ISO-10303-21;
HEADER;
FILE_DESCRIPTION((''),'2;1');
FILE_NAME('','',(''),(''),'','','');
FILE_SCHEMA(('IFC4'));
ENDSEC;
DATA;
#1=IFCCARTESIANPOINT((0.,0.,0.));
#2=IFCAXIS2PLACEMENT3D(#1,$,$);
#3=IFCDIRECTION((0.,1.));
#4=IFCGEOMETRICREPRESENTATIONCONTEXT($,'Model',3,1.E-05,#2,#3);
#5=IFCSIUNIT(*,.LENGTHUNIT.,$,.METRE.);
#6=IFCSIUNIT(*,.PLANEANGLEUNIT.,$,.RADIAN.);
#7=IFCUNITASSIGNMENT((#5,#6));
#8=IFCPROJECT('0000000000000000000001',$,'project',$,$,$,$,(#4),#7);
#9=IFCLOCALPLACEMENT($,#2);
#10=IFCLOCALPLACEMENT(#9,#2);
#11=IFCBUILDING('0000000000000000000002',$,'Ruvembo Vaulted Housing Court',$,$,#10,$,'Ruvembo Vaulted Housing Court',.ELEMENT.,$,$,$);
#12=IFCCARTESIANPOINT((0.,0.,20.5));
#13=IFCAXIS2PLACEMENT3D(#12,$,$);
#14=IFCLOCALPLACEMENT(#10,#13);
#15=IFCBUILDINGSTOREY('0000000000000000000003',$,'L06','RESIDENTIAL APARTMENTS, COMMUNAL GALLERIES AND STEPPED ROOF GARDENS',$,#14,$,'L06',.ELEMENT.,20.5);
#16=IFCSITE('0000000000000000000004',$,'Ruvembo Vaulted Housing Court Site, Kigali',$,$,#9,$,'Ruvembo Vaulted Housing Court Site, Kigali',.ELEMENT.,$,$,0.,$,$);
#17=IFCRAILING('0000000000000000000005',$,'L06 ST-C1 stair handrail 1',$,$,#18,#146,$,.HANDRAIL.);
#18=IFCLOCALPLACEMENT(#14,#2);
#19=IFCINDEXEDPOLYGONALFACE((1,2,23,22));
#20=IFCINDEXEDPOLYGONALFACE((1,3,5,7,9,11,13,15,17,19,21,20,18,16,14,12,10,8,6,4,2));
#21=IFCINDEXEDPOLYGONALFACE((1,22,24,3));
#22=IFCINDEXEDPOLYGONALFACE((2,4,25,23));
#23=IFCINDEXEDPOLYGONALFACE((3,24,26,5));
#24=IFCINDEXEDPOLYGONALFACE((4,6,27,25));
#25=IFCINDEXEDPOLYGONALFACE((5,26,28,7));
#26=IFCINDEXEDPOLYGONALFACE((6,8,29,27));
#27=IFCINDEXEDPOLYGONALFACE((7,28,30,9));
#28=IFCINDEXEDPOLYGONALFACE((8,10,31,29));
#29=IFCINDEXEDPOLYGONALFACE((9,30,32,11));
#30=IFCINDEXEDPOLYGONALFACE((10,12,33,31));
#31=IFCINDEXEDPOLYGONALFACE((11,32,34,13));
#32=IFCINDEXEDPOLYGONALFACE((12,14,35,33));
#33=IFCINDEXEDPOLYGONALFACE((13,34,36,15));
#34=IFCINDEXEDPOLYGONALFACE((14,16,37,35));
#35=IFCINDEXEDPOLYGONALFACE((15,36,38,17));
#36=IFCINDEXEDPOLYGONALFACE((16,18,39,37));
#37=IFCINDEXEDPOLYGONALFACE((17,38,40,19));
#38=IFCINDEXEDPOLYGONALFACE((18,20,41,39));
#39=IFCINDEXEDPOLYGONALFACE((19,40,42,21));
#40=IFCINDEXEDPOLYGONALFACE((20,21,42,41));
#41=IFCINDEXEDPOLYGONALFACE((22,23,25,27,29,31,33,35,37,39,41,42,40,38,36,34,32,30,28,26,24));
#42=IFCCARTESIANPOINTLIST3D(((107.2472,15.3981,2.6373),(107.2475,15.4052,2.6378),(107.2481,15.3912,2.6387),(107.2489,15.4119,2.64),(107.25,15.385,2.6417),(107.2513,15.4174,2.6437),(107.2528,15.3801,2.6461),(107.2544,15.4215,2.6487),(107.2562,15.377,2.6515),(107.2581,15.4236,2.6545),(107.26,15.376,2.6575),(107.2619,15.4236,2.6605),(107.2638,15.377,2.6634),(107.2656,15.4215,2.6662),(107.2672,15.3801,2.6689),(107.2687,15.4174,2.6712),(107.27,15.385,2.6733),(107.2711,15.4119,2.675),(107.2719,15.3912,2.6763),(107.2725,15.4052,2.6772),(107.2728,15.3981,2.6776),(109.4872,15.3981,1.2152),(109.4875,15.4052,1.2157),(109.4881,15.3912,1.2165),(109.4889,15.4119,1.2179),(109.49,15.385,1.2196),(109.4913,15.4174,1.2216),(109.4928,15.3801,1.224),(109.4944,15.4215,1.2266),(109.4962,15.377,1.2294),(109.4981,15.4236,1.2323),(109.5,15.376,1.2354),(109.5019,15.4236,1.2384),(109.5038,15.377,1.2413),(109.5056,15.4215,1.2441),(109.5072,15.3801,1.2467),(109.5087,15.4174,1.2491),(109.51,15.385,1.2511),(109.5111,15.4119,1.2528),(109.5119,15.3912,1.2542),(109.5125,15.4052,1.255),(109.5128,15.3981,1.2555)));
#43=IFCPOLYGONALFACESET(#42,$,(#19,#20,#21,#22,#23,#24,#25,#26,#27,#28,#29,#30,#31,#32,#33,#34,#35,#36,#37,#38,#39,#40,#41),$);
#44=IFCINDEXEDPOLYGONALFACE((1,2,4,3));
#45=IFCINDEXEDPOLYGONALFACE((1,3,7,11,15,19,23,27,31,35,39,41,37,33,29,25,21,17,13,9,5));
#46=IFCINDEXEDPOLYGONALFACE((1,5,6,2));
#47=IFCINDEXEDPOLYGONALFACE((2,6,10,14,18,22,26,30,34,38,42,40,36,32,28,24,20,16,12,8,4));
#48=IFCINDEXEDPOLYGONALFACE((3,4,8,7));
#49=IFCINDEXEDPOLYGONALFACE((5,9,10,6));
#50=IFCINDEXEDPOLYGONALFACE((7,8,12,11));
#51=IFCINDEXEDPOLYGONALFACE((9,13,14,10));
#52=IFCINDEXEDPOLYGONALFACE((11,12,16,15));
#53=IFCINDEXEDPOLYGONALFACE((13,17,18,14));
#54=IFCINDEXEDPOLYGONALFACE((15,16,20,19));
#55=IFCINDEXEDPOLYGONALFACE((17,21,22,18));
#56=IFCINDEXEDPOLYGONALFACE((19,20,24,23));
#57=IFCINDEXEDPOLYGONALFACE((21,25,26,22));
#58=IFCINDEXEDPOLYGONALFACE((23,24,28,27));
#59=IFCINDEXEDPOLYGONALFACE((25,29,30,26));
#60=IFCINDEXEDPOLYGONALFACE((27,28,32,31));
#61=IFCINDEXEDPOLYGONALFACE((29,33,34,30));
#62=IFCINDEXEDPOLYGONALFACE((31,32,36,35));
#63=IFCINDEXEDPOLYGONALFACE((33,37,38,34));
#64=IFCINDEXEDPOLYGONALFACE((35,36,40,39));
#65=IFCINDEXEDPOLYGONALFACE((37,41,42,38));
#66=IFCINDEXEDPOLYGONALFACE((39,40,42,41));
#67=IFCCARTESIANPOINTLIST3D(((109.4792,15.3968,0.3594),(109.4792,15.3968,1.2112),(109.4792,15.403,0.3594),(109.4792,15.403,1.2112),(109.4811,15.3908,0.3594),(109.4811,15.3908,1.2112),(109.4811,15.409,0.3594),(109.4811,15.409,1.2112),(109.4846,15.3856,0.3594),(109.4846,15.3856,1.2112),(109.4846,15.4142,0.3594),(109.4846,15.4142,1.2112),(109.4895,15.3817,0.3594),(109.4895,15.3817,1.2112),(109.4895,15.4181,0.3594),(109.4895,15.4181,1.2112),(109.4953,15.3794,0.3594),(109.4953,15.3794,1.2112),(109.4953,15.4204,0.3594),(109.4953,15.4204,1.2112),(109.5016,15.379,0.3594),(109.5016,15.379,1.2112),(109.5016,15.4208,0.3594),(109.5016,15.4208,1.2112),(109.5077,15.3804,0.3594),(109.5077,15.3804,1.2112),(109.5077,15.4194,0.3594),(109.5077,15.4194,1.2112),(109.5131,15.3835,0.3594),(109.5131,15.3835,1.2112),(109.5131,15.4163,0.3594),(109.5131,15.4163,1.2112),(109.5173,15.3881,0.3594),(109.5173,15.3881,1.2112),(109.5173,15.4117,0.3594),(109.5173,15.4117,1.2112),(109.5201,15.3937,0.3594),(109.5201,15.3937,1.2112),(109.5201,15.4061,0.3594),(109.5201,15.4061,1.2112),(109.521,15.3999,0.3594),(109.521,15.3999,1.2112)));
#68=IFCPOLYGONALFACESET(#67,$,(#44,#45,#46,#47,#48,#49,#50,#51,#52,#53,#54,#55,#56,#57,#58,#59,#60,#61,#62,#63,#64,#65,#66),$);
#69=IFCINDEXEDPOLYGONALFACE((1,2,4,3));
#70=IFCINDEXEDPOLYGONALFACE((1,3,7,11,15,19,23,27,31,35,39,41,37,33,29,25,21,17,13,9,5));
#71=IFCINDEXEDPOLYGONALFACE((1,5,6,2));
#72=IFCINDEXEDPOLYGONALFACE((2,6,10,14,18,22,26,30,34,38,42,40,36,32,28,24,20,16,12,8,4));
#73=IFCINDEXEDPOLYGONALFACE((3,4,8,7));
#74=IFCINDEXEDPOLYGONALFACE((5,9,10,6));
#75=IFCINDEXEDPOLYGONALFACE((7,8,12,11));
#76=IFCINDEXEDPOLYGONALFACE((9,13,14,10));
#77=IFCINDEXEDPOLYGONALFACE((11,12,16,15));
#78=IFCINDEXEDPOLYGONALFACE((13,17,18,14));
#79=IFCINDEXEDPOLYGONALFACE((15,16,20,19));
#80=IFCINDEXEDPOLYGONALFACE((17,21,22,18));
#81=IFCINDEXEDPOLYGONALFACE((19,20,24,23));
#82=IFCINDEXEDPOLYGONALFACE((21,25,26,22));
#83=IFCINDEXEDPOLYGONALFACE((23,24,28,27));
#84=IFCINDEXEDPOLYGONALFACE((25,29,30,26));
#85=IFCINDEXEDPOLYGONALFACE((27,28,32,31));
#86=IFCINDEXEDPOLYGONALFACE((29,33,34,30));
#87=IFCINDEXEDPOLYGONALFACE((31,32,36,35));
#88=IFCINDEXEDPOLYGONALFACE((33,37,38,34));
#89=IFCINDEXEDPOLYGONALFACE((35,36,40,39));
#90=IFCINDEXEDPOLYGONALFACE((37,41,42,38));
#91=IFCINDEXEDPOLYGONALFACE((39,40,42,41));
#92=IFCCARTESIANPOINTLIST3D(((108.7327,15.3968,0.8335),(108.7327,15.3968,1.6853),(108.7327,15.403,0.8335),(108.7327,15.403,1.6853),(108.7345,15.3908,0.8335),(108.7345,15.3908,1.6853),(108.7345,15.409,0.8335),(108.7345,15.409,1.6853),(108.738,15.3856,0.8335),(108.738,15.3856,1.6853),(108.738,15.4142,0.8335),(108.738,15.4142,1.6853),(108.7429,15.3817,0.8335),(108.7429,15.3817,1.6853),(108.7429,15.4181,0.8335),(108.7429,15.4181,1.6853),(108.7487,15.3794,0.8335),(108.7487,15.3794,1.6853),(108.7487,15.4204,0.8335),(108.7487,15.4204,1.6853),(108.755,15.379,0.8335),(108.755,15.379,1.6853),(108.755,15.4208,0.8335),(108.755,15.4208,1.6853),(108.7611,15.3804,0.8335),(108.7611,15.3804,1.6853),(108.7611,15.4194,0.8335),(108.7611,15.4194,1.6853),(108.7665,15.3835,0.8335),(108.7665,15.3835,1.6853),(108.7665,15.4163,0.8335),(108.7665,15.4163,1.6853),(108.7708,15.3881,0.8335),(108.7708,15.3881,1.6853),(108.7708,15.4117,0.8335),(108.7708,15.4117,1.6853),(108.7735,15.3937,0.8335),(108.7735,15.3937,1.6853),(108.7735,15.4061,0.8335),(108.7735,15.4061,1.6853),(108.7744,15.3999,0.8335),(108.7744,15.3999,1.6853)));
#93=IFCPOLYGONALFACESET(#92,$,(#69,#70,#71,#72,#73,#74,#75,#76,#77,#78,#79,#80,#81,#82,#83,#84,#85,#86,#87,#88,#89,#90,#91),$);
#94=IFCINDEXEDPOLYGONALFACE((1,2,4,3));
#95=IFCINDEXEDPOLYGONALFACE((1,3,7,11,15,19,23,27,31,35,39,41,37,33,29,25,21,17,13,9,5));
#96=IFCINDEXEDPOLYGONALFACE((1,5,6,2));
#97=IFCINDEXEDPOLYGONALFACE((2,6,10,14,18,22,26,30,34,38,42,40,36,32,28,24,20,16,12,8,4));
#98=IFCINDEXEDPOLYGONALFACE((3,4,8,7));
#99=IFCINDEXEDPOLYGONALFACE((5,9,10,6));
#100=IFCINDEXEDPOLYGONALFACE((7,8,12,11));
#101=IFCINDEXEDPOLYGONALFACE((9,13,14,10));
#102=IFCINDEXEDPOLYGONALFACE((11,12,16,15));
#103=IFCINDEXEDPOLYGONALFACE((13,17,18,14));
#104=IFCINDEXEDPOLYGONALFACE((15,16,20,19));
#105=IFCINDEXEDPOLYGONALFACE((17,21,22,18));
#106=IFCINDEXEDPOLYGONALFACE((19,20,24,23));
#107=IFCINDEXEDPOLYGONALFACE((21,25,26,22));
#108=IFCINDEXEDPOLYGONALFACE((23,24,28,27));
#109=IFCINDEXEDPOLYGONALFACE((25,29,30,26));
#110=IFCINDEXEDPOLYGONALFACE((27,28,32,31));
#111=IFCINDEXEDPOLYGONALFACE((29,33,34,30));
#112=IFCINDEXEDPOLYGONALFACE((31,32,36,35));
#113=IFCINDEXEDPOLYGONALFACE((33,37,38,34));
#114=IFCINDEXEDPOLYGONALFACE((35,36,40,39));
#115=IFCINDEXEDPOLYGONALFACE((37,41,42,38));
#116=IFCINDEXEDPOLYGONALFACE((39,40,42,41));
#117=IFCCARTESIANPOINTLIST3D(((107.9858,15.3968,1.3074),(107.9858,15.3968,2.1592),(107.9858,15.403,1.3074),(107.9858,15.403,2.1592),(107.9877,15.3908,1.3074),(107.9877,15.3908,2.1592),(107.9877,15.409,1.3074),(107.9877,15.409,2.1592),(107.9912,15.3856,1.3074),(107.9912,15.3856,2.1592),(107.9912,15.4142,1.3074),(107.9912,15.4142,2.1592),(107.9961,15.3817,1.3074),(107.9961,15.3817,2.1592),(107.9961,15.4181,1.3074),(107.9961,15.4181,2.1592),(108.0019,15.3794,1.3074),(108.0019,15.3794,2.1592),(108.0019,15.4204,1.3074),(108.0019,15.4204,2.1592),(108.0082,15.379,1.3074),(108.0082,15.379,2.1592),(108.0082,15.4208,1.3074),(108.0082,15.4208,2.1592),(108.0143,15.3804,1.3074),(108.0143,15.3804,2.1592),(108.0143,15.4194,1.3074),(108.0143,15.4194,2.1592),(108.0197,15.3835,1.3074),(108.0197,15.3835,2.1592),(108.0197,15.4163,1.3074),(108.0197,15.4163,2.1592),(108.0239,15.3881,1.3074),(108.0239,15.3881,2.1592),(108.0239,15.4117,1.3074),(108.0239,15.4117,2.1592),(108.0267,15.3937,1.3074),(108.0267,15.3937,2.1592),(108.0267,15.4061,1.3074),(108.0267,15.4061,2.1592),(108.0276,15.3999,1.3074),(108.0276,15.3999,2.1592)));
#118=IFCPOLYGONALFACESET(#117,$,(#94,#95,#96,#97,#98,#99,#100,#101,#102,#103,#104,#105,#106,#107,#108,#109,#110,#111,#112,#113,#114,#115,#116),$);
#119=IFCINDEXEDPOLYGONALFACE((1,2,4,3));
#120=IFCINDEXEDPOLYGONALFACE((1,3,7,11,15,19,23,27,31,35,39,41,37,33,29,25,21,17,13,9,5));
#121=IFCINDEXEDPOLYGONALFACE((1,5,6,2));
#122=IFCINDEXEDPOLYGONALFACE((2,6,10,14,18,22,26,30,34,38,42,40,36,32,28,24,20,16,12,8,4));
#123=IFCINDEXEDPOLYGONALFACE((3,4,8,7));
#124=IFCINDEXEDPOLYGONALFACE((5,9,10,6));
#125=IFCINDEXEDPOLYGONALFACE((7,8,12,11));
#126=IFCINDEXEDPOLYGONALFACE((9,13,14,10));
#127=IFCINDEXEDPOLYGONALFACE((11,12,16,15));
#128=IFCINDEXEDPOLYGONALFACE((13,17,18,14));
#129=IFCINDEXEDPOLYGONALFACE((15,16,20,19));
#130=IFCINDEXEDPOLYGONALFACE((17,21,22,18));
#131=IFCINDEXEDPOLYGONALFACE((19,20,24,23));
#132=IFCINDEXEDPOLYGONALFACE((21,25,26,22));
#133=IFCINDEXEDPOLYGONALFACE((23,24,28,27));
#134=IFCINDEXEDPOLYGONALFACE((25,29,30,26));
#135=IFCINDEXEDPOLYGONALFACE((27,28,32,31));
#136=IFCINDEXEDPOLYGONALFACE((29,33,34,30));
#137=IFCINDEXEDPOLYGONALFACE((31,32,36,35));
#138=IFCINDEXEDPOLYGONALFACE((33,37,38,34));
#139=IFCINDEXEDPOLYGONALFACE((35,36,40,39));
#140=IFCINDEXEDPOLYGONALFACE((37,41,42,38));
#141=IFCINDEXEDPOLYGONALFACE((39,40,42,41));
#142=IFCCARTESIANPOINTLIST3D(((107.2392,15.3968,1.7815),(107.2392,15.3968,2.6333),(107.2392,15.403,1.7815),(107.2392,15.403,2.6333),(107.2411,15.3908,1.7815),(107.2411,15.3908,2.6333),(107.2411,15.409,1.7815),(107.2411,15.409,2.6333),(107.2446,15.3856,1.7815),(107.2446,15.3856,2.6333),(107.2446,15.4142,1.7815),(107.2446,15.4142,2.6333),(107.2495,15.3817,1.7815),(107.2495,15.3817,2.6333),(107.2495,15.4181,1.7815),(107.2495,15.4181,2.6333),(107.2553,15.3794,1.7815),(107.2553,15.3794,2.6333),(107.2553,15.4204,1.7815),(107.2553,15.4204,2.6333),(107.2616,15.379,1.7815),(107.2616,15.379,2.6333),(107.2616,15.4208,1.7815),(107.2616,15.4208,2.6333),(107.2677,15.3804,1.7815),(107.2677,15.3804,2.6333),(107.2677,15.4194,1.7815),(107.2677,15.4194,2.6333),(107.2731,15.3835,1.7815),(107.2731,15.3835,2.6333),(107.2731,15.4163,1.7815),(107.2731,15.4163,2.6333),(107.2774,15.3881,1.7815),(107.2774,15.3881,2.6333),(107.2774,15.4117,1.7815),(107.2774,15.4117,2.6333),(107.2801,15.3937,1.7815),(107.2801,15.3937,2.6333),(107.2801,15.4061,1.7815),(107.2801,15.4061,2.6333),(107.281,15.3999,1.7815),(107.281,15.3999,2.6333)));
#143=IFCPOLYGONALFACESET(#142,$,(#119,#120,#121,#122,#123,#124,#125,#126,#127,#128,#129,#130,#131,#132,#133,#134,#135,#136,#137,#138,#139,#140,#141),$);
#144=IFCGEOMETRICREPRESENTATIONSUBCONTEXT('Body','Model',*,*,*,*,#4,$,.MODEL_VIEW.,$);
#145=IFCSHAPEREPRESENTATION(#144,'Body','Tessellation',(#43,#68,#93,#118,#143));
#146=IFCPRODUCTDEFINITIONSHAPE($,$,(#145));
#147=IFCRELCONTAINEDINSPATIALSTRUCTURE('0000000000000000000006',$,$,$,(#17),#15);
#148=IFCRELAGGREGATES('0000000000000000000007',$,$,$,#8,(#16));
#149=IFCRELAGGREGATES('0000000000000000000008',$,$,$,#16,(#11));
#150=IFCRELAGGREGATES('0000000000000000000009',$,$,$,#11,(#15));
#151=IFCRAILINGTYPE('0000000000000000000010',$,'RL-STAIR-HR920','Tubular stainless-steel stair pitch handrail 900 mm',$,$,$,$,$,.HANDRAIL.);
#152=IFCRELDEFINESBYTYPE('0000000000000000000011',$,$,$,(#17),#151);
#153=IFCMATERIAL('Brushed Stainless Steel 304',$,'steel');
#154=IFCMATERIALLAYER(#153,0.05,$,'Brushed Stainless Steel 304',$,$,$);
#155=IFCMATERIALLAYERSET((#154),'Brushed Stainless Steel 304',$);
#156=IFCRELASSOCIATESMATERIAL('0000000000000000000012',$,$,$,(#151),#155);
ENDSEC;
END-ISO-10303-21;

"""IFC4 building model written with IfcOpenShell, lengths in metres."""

from ifc_helpers import new_model, si_unit, direction, frame, origin, origin_2d, place, context, subcontext, project, spatial, circle, extrude, material, layer, layer_set, type_object, element, save


model = new_model("IFC4")

# Units and contexts
model_context = context("Model", 3, precision=1e-05, world=origin(), true_north=direction((0.0, 1.0)))
body_context = subcontext(model_context, "Body", "Model", "MODEL_VIEW")
ifc_project = project(units=[si_unit("LENGTHUNIT", "METRE"), si_unit("PLANEANGLEUNIT", "RADIAN")], contexts=[model_context])

# Site, building, storey
site_placement = place(None, origin())
site = spatial("IfcSite", under=ifc_project, at=site_placement, Name="Ruvembo Vaulted Housing Court Site, Kigali", LongName="Ruvembo Vaulted Housing Court Site, Kigali", CompositionType="ELEMENT", RefElevation=0.0)
building_placement = place(site_placement, origin())
building = spatial("IfcBuilding", under=site, at=building_placement, Name="Ruvembo Vaulted Housing Court", LongName="Ruvembo Vaulted Housing Court", CompositionType="ELEMENT")
storey_placement = place(building_placement, frame((0.0, 0.0, 20.5)))
storey = spatial("IfcBuildingStorey", under=building, at=storey_placement, Name="L06", Description="RESIDENTIAL APARTMENTS, COMMUNAL GALLERIES AND STEPPED ROOF GARDENS", LongName="L06", CompositionType="ELEMENT", Elevation=20.5)

# Railing
ifc_material_1 = material(Name="Brushed Stainless Steel 304", Category="steel")
ifc_layer_1 = layer(ifc_material_1, 0.05, Name="Brushed Stainless Steel 304")
ifc_layer_set_1 = layer_set([ifc_layer_1], Name="Brushed Stainless Steel 304")
railing_type_1 = type_object("IfcRailingType", Name="RL-STAIR-HR920", Description="Tubular stainless-steel stair pitch handrail 900 mm", PredefinedType="HANDRAIL", material=ifc_layer_set_1)
railing_1_placement = place(storey_placement, frame((109.5, 15.3999, 0.3594)))
element("IfcRailing", 1, at=railing_1_placement, inside=storey, type_object=railing_type_1, Name="L06 ST-C1 stair handrail 1", PredefinedType="HANDRAIL", context=body_context, shape_type="SweptSolid", body=[
    extrude(circle(Radius=0.0239, at=origin_2d()), frame((0.0, 0.0, 0.876), z_axis=(-0.844229, 0.0, 0.535982), x_axis=(0.0, -1.0, 0.0)), (0.0, 0.0, 1.0), 2.6533),
    extrude(circle(Radius=0.021, at=origin_2d()), origin(), (0.0, 0.0, 1.0), 0.8518),
    extrude(circle(Radius=0.021, at=origin_2d()), frame((-0.7466, 0.0, 0.4741)), (0.0, 0.0, 1.0), 0.8518),
    extrude(circle(Radius=0.021, at=origin_2d()), frame((-1.4934, 0.0, 0.948)), (0.0, 0.0, 1.0), 0.8518),
    extrude(circle(Radius=0.021, at=origin_2d()), frame((-2.24, 0.0, 1.4221)), (0.0, 0.0, 1.0), 0.8518),
])

save(model, "model.ifc")
